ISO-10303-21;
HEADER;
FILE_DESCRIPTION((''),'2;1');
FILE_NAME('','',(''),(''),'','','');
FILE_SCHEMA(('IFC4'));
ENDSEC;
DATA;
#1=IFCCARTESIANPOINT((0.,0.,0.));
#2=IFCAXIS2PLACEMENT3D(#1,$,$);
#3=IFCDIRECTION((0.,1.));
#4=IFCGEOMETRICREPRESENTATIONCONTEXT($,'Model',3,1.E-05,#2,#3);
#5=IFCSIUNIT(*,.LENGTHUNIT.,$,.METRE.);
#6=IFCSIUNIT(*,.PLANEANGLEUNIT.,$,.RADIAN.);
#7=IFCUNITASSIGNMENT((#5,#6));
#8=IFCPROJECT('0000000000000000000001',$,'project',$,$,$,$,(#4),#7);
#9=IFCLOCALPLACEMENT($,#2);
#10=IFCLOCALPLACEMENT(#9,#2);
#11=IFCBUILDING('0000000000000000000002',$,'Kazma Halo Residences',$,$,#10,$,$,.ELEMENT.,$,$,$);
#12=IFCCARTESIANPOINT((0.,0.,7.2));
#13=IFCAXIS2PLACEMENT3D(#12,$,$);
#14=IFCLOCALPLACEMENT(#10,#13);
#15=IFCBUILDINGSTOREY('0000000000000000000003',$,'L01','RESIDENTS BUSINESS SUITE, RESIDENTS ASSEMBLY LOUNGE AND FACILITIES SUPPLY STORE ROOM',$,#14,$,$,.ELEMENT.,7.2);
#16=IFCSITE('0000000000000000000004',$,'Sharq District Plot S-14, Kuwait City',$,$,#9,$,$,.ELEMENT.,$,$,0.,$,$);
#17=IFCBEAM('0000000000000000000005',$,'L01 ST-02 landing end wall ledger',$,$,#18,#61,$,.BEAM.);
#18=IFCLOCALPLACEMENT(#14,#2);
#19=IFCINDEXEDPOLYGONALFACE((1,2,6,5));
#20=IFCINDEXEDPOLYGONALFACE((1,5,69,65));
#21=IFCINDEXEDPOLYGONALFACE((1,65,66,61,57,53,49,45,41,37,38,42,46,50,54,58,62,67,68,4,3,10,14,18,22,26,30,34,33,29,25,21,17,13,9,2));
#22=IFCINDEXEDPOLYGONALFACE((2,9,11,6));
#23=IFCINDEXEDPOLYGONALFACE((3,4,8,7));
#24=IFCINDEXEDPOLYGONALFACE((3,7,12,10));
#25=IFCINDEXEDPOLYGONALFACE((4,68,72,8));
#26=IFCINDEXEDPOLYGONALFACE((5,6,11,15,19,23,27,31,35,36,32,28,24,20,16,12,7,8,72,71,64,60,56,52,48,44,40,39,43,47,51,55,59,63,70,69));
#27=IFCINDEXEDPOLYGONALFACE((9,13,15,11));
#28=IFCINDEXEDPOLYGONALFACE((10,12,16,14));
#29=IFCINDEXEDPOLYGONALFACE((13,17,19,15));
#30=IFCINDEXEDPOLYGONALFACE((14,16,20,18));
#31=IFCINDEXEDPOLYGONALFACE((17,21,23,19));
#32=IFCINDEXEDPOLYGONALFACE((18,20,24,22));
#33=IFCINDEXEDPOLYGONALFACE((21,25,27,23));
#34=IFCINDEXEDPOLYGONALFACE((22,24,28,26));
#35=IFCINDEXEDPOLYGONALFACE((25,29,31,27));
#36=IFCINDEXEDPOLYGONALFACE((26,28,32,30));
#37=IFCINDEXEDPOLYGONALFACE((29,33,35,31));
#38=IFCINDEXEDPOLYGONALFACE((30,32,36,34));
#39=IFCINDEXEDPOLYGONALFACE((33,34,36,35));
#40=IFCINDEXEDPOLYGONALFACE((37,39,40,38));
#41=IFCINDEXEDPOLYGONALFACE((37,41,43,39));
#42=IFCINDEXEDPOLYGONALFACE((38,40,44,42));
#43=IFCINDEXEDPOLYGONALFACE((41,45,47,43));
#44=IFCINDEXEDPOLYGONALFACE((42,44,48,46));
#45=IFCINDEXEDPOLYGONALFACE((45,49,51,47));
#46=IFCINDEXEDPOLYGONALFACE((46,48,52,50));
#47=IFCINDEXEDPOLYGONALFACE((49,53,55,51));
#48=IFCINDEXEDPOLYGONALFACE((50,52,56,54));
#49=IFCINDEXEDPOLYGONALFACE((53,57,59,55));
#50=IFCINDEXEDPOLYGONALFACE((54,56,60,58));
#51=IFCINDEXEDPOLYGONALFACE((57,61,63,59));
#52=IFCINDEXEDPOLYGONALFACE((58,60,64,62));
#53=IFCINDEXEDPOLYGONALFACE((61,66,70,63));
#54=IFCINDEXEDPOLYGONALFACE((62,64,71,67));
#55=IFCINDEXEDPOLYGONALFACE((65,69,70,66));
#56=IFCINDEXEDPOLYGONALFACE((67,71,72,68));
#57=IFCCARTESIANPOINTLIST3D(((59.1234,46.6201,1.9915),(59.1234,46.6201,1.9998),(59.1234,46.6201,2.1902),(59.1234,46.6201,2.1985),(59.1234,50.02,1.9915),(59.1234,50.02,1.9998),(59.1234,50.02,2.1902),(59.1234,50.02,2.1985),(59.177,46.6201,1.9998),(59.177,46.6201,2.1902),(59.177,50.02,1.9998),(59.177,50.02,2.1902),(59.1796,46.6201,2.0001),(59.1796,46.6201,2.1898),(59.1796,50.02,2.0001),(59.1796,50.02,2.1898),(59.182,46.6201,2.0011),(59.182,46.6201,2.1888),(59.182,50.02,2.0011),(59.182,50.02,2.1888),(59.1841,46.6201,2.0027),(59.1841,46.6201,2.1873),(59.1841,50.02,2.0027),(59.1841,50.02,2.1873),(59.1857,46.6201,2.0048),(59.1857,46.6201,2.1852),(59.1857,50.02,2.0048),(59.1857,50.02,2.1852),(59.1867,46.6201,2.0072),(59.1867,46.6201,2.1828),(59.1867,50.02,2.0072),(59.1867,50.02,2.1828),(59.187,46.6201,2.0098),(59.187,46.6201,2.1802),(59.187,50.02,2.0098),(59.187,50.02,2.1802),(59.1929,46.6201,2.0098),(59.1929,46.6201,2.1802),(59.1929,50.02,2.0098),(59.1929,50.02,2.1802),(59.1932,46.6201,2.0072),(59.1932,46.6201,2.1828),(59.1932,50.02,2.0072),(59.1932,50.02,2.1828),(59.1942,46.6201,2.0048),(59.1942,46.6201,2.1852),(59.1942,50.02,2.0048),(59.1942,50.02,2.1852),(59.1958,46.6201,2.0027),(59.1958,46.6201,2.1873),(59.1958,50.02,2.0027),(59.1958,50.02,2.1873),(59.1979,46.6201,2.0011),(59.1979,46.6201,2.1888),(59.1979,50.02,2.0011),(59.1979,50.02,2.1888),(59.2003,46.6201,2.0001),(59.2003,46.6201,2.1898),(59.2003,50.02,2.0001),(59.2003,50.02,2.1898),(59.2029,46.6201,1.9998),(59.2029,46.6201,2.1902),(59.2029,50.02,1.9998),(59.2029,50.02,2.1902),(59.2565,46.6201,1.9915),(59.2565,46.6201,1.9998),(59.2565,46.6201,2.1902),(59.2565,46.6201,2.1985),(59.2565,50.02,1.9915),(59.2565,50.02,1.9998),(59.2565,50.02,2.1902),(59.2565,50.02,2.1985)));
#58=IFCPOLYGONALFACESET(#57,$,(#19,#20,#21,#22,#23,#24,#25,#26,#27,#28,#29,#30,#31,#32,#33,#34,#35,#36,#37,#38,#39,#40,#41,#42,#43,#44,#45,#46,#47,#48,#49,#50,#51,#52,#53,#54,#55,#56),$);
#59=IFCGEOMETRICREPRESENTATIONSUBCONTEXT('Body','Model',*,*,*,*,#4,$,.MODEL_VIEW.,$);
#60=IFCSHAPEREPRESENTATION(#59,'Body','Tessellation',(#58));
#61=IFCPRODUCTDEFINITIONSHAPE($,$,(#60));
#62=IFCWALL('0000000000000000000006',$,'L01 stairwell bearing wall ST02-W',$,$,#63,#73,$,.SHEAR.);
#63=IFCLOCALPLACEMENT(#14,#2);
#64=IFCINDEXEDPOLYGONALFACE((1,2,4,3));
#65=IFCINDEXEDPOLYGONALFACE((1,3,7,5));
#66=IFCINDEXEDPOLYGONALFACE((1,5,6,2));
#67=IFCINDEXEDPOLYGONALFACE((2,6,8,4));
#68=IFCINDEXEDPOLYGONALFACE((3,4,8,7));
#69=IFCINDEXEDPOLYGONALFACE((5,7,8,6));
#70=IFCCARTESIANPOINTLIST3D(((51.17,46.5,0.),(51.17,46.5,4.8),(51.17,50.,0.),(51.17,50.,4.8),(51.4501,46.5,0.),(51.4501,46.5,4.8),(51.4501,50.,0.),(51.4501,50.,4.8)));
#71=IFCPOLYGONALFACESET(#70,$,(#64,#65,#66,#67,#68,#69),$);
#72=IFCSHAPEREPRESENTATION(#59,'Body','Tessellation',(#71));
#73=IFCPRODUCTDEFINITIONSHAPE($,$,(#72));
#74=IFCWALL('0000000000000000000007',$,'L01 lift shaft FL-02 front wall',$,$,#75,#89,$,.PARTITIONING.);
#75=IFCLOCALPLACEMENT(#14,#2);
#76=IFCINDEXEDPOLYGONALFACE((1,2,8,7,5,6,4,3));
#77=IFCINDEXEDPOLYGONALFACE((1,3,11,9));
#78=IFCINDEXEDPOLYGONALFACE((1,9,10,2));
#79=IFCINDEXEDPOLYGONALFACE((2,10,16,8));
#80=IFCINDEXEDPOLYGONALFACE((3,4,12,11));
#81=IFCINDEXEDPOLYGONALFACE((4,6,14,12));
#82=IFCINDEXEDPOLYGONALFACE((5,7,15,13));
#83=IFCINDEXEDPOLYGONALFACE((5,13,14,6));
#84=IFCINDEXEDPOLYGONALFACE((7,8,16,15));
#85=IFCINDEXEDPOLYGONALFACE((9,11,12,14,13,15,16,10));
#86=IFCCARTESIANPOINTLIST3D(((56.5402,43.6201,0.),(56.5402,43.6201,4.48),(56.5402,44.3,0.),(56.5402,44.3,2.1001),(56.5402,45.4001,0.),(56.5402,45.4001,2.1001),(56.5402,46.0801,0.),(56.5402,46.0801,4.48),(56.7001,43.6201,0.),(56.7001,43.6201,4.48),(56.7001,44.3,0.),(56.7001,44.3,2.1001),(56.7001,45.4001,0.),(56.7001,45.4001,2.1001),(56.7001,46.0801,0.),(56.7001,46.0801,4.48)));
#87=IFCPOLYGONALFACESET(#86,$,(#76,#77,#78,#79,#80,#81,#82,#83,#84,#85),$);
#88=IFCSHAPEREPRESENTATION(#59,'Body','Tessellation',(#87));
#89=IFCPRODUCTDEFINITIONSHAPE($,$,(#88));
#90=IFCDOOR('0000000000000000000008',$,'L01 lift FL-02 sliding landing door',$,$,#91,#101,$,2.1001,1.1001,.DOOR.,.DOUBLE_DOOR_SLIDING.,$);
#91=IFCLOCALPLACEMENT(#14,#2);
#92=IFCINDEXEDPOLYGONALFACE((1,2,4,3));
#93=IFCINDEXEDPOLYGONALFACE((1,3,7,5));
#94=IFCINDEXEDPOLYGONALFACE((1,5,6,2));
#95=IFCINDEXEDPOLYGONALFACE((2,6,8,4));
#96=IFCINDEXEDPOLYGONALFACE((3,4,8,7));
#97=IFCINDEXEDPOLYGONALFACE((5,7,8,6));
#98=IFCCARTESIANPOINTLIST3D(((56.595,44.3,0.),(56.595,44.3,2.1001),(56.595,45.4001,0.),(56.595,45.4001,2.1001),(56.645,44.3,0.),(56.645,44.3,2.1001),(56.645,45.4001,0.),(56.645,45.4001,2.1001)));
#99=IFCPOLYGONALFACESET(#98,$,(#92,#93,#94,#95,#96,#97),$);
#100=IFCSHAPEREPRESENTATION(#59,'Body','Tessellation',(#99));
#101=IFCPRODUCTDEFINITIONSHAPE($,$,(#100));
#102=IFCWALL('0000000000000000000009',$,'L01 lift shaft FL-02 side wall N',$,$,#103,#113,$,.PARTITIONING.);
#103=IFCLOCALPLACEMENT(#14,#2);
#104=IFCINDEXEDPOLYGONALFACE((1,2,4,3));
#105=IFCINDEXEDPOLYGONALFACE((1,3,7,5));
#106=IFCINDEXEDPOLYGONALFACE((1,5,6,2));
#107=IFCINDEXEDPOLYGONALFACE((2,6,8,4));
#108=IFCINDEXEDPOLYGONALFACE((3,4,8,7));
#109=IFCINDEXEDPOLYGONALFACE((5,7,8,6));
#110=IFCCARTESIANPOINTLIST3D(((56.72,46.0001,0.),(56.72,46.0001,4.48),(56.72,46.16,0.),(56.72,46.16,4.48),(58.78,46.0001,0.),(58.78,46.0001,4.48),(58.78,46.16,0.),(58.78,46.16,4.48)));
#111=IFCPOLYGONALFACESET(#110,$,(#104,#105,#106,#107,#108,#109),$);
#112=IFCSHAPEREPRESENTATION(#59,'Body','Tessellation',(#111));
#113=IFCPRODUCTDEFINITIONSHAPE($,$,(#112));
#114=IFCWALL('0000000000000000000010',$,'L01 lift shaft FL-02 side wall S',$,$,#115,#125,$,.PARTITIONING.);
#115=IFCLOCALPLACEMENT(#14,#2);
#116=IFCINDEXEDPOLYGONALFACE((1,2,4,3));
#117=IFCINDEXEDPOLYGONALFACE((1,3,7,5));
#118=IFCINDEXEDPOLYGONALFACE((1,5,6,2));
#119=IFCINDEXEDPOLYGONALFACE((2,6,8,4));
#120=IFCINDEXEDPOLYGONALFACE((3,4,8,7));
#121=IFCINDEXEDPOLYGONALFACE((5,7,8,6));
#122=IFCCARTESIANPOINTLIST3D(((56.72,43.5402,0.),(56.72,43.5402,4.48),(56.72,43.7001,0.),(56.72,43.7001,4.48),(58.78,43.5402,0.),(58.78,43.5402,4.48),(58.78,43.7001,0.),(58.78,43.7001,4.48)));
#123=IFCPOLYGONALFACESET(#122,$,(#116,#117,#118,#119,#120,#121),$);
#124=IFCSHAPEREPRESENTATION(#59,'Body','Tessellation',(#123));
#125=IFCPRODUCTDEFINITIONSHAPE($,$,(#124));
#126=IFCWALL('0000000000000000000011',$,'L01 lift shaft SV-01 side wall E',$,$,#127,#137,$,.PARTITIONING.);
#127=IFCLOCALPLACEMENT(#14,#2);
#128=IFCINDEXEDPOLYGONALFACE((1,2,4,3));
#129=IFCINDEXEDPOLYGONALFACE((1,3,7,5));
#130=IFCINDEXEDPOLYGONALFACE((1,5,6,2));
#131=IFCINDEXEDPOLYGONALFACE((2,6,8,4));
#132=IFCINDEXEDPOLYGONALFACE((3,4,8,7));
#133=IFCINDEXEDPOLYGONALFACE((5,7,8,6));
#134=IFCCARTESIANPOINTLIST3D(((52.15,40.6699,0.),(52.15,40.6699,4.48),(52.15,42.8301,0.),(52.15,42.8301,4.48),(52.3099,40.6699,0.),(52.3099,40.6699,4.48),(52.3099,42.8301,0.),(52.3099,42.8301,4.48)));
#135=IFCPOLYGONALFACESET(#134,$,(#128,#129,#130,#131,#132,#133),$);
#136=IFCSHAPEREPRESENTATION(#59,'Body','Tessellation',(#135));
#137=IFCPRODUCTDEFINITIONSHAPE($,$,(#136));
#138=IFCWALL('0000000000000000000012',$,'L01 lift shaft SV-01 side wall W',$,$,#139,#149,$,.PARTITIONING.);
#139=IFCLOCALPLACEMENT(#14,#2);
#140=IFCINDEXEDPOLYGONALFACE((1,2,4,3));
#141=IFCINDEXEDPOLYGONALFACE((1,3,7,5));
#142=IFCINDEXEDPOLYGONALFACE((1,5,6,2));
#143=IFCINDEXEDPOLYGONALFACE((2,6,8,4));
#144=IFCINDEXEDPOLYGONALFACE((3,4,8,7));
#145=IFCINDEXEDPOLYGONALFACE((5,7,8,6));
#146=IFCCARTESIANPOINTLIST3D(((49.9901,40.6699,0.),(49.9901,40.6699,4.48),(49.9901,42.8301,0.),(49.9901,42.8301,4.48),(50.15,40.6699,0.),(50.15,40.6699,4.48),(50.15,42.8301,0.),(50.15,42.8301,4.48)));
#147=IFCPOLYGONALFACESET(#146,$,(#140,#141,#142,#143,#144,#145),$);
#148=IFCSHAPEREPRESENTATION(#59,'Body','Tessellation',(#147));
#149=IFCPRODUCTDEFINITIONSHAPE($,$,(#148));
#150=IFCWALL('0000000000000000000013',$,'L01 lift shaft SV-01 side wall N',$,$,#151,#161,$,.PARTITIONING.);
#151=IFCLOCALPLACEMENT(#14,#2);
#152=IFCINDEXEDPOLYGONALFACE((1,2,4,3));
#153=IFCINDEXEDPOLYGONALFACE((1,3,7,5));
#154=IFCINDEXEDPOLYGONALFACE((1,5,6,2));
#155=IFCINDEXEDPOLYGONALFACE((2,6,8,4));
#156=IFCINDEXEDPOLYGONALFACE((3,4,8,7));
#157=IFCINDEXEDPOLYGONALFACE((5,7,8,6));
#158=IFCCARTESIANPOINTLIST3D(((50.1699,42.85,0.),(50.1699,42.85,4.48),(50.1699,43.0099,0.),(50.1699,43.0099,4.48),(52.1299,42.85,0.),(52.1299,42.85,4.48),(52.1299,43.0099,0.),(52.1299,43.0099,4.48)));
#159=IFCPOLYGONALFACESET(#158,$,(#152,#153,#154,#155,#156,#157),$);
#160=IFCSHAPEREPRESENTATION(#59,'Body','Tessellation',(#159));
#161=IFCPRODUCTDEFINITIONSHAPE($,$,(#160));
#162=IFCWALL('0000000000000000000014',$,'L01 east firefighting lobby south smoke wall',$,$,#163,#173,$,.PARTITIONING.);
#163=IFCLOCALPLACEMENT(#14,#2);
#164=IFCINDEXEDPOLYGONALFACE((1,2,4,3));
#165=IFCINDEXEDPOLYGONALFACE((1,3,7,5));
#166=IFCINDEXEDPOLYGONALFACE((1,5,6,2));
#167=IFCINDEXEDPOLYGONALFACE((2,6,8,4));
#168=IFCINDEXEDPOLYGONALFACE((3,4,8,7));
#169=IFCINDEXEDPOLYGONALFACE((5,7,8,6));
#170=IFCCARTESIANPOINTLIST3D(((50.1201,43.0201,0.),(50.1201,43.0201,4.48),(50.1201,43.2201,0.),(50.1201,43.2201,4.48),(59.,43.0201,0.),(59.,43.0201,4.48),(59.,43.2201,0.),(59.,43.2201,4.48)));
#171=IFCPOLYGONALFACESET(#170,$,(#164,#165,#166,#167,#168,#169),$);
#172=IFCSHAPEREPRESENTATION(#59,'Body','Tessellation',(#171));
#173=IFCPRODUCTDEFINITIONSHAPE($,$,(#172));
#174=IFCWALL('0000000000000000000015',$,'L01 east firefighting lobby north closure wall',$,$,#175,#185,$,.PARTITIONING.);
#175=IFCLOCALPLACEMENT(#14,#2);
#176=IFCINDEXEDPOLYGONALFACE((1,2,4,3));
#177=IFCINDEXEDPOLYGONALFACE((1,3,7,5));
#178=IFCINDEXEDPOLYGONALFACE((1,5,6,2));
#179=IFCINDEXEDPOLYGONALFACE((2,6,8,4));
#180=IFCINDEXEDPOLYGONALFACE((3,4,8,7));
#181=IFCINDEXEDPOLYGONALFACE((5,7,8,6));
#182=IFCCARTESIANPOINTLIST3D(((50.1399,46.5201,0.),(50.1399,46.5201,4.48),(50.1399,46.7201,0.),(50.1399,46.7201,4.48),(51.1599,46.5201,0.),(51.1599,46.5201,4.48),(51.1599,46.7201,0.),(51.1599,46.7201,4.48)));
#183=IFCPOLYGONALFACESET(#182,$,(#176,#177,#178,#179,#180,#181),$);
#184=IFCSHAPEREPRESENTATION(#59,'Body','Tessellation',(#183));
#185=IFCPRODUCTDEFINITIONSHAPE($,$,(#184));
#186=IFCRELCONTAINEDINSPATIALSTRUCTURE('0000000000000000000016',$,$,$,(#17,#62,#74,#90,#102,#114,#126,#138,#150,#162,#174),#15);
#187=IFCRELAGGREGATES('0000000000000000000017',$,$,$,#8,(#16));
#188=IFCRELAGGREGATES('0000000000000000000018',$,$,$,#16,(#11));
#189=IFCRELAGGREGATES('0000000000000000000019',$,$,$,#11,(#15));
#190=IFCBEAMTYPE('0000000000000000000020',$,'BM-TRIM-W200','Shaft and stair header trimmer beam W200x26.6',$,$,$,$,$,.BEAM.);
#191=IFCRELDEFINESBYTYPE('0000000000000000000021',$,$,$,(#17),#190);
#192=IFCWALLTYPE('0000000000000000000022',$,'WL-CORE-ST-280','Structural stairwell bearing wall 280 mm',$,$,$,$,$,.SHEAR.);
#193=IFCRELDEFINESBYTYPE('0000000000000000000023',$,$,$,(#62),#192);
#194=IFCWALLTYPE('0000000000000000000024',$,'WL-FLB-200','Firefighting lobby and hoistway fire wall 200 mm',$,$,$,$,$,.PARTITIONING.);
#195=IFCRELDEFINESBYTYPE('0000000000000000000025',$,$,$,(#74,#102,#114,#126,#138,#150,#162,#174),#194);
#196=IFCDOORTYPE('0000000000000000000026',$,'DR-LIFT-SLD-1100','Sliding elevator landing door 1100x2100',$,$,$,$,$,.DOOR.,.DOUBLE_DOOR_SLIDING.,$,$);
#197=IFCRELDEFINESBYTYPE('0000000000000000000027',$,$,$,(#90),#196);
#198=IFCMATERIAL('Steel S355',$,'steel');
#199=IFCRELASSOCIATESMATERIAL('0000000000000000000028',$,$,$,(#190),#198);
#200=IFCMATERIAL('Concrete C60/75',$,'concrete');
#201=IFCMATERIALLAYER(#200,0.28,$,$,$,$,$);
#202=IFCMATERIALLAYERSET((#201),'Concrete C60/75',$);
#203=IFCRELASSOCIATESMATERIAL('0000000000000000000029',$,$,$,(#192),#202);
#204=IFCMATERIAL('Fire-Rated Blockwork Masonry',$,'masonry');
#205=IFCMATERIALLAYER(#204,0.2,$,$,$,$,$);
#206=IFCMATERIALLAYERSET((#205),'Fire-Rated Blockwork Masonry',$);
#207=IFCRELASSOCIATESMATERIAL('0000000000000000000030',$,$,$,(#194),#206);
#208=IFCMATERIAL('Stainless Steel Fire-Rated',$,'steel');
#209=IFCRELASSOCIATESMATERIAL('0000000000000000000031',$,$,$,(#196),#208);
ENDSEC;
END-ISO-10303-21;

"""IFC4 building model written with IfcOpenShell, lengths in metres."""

from ifc_helpers import new_model, si_unit, direction, frame, frame_2d, origin, origin_2d, place, context, subcontext, project, spatial, rectangle, i_section, extrude, material, layer, layer_set, material_profile, profile_set, type_object, element, fill, save


model = new_model("IFC4")

# Units and contexts
model_context = context("Model", 3, precision=1e-05, world=origin(), true_north=direction((0.0, 1.0)))
body_context = subcontext(model_context, "Body", "Model", "MODEL_VIEW")
ifc_project = project(units=[si_unit("LENGTHUNIT", "METRE"), si_unit("PLANEANGLEUNIT", "RADIAN")], contexts=[model_context])

# Site, building, storey
site_placement = place(None, origin())
site = spatial("IfcSite", under=ifc_project, at=site_placement, Name="Sharq District Plot S-14, Kuwait City", CompositionType="ELEMENT", RefElevation=0.0)
building_placement = place(site_placement, origin())
building = spatial("IfcBuilding", under=site, at=building_placement, Name="Kazma Halo Residences", CompositionType="ELEMENT")
storey_placement = place(building_placement, frame((0.0, 0.0, 7.2)))
storey = spatial("IfcBuildingStorey", under=building, at=storey_placement, Name="L01", Description="RESIDENTS BUSINESS SUITE, RESIDENTS ASSEMBLY LOUNGE AND FACILITIES SUPPLY STORE ROOM", CompositionType="ELEMENT", Elevation=7.2)

# Shared definitions
ifc_material_1 = material(Name="Steel S355", Category="steel")

# Beam
ifc_material_profile_1 = material_profile(ifc_material_1, i_section(OverallWidth=0.1331, OverallDepth=0.207, WebThickness=0.0059, FlangeThickness=0.0083, FilletRadius=0.01, at=origin_2d()), Name="W200x26.6")
ifc_profile_set_1 = profile_set([ifc_material_profile_1], Name="Steel S355")
beam_type = type_object("IfcBeamType", Name="BM-TRIM-W200", Description="Shaft and stair header trimmer beam W200x26.6", PredefinedType="BEAM", material=ifc_profile_set_1)
beam_1_placement = place(storey_placement, frame((59.1899, 46.6201, 2.095), z_axis=(0.0, 1.0, 0.0), x_axis=(-1.0, 0.0, 0.0)))
element("IfcBeam", 1, at=beam_1_placement, inside=storey, type_object=beam_type, Name="L01 ST-02 landing end wall ledger", PredefinedType="BEAM", context=body_context, shape_type="SweptSolid", body=[
    extrude(i_section(OverallWidth=0.1331, OverallDepth=0.207, WebThickness=0.0059, FlangeThickness=0.0083, FilletRadius=0.01, at=origin_2d()), origin(), (0.0, 0.0, 1.0), 3.3999),
])

# Wall
ifc_material_2 = material(Name="Concrete C60/75", Category="concrete")
ifc_layer_1 = layer(ifc_material_2, 0.28)
ifc_layer_set_1 = layer_set([ifc_layer_1], Name="Concrete C60/75")
wall_type_1 = type_object("IfcWallType", Name="WL-CORE-ST-280", Description="Structural stairwell bearing wall 280 mm", PredefinedType="SHEAR", material=ifc_layer_set_1)
wall_1_placement = place(storey_placement, frame((51.3101, 46.5, 0.0), z_axis=(0.0, 0.0, 1.0), x_axis=(0.0, 1.0, 0.0)))
element("IfcWall", 2, at=wall_1_placement, inside=storey, type_object=wall_type_1, Name="L01 stairwell bearing wall ST02-W", PredefinedType="SHEAR", context=body_context, shape_type="SweptSolid", body=[
    extrude(rectangle(XDim=3.5, YDim=0.28, at=frame_2d((1.75, 0.0))), origin(), (0.0, 0.0, 1.0), 4.8),
])

# Wall, opening, door
ifc_material_3 = material(Name="Fire-Rated Blockwork Masonry", Category="masonry")
ifc_layer_2 = layer(ifc_material_3, 0.2)
ifc_layer_set_2 = layer_set([ifc_layer_2], Name="Fire-Rated Blockwork Masonry")
wall_type_2 = type_object("IfcWallType", Name="WL-FLB-200", Description="Firefighting lobby and hoistway fire wall 200 mm", PredefinedType="PARTITIONING", material=ifc_layer_set_2)
wall_2_placement = place(storey_placement, frame((56.6201, 46.0801, 0.0), z_axis=(0.0, 0.0, 1.0), x_axis=(0.0, -1.0, 0.0)))
wall_2 = element("IfcWall", 3, at=wall_2_placement, inside=storey, type_object=wall_type_2, Name="L01 lift shaft FL-02 front wall", PredefinedType="PARTITIONING", context=body_context, shape_type="SweptSolid", body=[
    extrude(rectangle(XDim=2.46, YDim=0.1599, at=frame_2d((1.23, 0.0))), origin(), (0.0, 0.0, 1.0), 4.48),
])
opening_1_placement = place(wall_2_placement, frame((0.6799, 0.0, 0.0)))
opening_1 = element("IfcOpeningElement", 4, at=opening_1_placement, cuts=wall_2, PredefinedType="OPENING", context=body_context, shape_type="SweptSolid", body=[
    extrude(rectangle(XDim=1.1001, YDim=2.1001, at=frame_2d((0.55, 1.05))), frame((0.0, 0.0898, 0.0), z_axis=(0.0, -1.0, 0.0), x_axis=(1.0, 0.0, 0.0)), (0.0, 0.0, 1.0), 0.1799),
])
ifc_material_4 = material(Name="Stainless Steel Fire-Rated", Category="steel")
door_type_1 = type_object("IfcDoorType", Name="DR-LIFT-SLD-1100", Description="Sliding elevator landing door 1100x2100", OperationType="DOUBLE_DOOR_SLIDING", PredefinedType="DOOR", material=ifc_material_4)
door_1_placement = place(opening_1_placement, origin())
door_1 = element("IfcDoor", 5, at=door_1_placement, inside=storey, type_object=door_type_1, Name="L01 lift FL-02 sliding landing door", OperationType="DOUBLE_DOOR_SLIDING", OverallHeight=2.1001, OverallWidth=1.1001, PredefinedType="DOOR", context=body_context, shape_type="SweptSolid", body=[
    extrude(rectangle(XDim=1.1001, YDim=2.1001, at=frame_2d((0.55, 1.05))), frame((0.0, 0.0249, 0.0), z_axis=(0.0, -1.0, 0.0), x_axis=(1.0, 0.0, 0.0)), (0.0, 0.0, 1.0), 0.05),
])
fill(opening_1, door_1)

# Walls
for number, where, z_axis, x_axis, name in (
    (6, (56.72, 46.0801, 0.0), (0.0, 0.0, 1.0), (1.0, 0.0, 0.0), "L01 lift shaft FL-02 side wall N"),
    (7, (56.72, 43.6201, 0.0), (0.0, 0.0, 1.0), (1.0, 0.0, 0.0), "L01 lift shaft FL-02 side wall S"),
):
    element("IfcWall", number, at=place(storey_placement, frame(where, z_axis=z_axis, x_axis=x_axis)), inside=storey, type_object=wall_type_2, Name=name, PredefinedType="PARTITIONING", context=body_context, shape_type="SweptSolid", body=[
        extrude(rectangle(XDim=2.0601, YDim=0.1599, at=frame_2d((1.03, 0.0))), origin(), (0.0, 0.0, 1.0), 4.48),
    ])
for number, where, z_axis, x_axis, name in (
    (8, (52.23, 40.6699, 0.0), (0.0, 0.0, 1.0), (0.0, 1.0, 0.0), "L01 lift shaft SV-01 side wall E"),
    (9, (50.0701, 40.6699, 0.0), (0.0, 0.0, 1.0), (0.0, 1.0, 0.0), "L01 lift shaft SV-01 side wall W"),
):
    element("IfcWall", number, at=place(storey_placement, frame(where, z_axis=z_axis, x_axis=x_axis)), inside=storey, type_object=wall_type_2, Name=name, PredefinedType="PARTITIONING", context=body_context, shape_type="SweptSolid", body=[
        extrude(rectangle(XDim=2.1602, YDim=0.1599, at=frame_2d((1.0801, 0.0))), origin(), (0.0, 0.0, 1.0), 4.48),
    ])
wall_3_placement = place(storey_placement, frame((50.1699, 42.9299, 0.0), z_axis=(0.0, 0.0, 1.0), x_axis=(1.0, 0.0, 0.0)))
element("IfcWall", 10, at=wall_3_placement, inside=storey, type_object=wall_type_2, Name="L01 lift shaft SV-01 side wall N", PredefinedType="PARTITIONING", context=body_context, shape_type="SweptSolid", body=[
    extrude(rectangle(XDim=1.96, YDim=0.1599, at=frame_2d((0.98, 0.0))), origin(), (0.0, 0.0, 1.0), 4.48),
])
wall_4_placement = place(storey_placement, frame((50.1201, 43.1201, 0.0), z_axis=(0.0, 0.0, 1.0), x_axis=(1.0, 0.0, 0.0)))
element("IfcWall", 11, at=wall_4_placement, inside=storey, type_object=wall_type_2, Name="L01 east firefighting lobby south smoke wall", PredefinedType="PARTITIONING", context=body_context, shape_type="SweptSolid", body=[
    extrude(rectangle(XDim=8.8799, YDim=0.2, at=frame_2d((4.4399, 0.0))), origin(), (0.0, 0.0, 1.0), 4.48),
])
wall_5_placement = place(storey_placement, frame((50.1399, 46.6201, 0.0), z_axis=(0.0, 0.0, 1.0), x_axis=(1.0, 0.0, 0.0)))
element("IfcWall", 12, at=wall_5_placement, inside=storey, type_object=wall_type_2, Name="L01 east firefighting lobby north closure wall", PredefinedType="PARTITIONING", context=body_context, shape_type="SweptSolid", body=[
    extrude(rectangle(XDim=1.02, YDim=0.2, at=frame_2d((0.51, 0.0))), origin(), (0.0, 0.0, 1.0), 4.48),
])

save(model, "model.ifc")
